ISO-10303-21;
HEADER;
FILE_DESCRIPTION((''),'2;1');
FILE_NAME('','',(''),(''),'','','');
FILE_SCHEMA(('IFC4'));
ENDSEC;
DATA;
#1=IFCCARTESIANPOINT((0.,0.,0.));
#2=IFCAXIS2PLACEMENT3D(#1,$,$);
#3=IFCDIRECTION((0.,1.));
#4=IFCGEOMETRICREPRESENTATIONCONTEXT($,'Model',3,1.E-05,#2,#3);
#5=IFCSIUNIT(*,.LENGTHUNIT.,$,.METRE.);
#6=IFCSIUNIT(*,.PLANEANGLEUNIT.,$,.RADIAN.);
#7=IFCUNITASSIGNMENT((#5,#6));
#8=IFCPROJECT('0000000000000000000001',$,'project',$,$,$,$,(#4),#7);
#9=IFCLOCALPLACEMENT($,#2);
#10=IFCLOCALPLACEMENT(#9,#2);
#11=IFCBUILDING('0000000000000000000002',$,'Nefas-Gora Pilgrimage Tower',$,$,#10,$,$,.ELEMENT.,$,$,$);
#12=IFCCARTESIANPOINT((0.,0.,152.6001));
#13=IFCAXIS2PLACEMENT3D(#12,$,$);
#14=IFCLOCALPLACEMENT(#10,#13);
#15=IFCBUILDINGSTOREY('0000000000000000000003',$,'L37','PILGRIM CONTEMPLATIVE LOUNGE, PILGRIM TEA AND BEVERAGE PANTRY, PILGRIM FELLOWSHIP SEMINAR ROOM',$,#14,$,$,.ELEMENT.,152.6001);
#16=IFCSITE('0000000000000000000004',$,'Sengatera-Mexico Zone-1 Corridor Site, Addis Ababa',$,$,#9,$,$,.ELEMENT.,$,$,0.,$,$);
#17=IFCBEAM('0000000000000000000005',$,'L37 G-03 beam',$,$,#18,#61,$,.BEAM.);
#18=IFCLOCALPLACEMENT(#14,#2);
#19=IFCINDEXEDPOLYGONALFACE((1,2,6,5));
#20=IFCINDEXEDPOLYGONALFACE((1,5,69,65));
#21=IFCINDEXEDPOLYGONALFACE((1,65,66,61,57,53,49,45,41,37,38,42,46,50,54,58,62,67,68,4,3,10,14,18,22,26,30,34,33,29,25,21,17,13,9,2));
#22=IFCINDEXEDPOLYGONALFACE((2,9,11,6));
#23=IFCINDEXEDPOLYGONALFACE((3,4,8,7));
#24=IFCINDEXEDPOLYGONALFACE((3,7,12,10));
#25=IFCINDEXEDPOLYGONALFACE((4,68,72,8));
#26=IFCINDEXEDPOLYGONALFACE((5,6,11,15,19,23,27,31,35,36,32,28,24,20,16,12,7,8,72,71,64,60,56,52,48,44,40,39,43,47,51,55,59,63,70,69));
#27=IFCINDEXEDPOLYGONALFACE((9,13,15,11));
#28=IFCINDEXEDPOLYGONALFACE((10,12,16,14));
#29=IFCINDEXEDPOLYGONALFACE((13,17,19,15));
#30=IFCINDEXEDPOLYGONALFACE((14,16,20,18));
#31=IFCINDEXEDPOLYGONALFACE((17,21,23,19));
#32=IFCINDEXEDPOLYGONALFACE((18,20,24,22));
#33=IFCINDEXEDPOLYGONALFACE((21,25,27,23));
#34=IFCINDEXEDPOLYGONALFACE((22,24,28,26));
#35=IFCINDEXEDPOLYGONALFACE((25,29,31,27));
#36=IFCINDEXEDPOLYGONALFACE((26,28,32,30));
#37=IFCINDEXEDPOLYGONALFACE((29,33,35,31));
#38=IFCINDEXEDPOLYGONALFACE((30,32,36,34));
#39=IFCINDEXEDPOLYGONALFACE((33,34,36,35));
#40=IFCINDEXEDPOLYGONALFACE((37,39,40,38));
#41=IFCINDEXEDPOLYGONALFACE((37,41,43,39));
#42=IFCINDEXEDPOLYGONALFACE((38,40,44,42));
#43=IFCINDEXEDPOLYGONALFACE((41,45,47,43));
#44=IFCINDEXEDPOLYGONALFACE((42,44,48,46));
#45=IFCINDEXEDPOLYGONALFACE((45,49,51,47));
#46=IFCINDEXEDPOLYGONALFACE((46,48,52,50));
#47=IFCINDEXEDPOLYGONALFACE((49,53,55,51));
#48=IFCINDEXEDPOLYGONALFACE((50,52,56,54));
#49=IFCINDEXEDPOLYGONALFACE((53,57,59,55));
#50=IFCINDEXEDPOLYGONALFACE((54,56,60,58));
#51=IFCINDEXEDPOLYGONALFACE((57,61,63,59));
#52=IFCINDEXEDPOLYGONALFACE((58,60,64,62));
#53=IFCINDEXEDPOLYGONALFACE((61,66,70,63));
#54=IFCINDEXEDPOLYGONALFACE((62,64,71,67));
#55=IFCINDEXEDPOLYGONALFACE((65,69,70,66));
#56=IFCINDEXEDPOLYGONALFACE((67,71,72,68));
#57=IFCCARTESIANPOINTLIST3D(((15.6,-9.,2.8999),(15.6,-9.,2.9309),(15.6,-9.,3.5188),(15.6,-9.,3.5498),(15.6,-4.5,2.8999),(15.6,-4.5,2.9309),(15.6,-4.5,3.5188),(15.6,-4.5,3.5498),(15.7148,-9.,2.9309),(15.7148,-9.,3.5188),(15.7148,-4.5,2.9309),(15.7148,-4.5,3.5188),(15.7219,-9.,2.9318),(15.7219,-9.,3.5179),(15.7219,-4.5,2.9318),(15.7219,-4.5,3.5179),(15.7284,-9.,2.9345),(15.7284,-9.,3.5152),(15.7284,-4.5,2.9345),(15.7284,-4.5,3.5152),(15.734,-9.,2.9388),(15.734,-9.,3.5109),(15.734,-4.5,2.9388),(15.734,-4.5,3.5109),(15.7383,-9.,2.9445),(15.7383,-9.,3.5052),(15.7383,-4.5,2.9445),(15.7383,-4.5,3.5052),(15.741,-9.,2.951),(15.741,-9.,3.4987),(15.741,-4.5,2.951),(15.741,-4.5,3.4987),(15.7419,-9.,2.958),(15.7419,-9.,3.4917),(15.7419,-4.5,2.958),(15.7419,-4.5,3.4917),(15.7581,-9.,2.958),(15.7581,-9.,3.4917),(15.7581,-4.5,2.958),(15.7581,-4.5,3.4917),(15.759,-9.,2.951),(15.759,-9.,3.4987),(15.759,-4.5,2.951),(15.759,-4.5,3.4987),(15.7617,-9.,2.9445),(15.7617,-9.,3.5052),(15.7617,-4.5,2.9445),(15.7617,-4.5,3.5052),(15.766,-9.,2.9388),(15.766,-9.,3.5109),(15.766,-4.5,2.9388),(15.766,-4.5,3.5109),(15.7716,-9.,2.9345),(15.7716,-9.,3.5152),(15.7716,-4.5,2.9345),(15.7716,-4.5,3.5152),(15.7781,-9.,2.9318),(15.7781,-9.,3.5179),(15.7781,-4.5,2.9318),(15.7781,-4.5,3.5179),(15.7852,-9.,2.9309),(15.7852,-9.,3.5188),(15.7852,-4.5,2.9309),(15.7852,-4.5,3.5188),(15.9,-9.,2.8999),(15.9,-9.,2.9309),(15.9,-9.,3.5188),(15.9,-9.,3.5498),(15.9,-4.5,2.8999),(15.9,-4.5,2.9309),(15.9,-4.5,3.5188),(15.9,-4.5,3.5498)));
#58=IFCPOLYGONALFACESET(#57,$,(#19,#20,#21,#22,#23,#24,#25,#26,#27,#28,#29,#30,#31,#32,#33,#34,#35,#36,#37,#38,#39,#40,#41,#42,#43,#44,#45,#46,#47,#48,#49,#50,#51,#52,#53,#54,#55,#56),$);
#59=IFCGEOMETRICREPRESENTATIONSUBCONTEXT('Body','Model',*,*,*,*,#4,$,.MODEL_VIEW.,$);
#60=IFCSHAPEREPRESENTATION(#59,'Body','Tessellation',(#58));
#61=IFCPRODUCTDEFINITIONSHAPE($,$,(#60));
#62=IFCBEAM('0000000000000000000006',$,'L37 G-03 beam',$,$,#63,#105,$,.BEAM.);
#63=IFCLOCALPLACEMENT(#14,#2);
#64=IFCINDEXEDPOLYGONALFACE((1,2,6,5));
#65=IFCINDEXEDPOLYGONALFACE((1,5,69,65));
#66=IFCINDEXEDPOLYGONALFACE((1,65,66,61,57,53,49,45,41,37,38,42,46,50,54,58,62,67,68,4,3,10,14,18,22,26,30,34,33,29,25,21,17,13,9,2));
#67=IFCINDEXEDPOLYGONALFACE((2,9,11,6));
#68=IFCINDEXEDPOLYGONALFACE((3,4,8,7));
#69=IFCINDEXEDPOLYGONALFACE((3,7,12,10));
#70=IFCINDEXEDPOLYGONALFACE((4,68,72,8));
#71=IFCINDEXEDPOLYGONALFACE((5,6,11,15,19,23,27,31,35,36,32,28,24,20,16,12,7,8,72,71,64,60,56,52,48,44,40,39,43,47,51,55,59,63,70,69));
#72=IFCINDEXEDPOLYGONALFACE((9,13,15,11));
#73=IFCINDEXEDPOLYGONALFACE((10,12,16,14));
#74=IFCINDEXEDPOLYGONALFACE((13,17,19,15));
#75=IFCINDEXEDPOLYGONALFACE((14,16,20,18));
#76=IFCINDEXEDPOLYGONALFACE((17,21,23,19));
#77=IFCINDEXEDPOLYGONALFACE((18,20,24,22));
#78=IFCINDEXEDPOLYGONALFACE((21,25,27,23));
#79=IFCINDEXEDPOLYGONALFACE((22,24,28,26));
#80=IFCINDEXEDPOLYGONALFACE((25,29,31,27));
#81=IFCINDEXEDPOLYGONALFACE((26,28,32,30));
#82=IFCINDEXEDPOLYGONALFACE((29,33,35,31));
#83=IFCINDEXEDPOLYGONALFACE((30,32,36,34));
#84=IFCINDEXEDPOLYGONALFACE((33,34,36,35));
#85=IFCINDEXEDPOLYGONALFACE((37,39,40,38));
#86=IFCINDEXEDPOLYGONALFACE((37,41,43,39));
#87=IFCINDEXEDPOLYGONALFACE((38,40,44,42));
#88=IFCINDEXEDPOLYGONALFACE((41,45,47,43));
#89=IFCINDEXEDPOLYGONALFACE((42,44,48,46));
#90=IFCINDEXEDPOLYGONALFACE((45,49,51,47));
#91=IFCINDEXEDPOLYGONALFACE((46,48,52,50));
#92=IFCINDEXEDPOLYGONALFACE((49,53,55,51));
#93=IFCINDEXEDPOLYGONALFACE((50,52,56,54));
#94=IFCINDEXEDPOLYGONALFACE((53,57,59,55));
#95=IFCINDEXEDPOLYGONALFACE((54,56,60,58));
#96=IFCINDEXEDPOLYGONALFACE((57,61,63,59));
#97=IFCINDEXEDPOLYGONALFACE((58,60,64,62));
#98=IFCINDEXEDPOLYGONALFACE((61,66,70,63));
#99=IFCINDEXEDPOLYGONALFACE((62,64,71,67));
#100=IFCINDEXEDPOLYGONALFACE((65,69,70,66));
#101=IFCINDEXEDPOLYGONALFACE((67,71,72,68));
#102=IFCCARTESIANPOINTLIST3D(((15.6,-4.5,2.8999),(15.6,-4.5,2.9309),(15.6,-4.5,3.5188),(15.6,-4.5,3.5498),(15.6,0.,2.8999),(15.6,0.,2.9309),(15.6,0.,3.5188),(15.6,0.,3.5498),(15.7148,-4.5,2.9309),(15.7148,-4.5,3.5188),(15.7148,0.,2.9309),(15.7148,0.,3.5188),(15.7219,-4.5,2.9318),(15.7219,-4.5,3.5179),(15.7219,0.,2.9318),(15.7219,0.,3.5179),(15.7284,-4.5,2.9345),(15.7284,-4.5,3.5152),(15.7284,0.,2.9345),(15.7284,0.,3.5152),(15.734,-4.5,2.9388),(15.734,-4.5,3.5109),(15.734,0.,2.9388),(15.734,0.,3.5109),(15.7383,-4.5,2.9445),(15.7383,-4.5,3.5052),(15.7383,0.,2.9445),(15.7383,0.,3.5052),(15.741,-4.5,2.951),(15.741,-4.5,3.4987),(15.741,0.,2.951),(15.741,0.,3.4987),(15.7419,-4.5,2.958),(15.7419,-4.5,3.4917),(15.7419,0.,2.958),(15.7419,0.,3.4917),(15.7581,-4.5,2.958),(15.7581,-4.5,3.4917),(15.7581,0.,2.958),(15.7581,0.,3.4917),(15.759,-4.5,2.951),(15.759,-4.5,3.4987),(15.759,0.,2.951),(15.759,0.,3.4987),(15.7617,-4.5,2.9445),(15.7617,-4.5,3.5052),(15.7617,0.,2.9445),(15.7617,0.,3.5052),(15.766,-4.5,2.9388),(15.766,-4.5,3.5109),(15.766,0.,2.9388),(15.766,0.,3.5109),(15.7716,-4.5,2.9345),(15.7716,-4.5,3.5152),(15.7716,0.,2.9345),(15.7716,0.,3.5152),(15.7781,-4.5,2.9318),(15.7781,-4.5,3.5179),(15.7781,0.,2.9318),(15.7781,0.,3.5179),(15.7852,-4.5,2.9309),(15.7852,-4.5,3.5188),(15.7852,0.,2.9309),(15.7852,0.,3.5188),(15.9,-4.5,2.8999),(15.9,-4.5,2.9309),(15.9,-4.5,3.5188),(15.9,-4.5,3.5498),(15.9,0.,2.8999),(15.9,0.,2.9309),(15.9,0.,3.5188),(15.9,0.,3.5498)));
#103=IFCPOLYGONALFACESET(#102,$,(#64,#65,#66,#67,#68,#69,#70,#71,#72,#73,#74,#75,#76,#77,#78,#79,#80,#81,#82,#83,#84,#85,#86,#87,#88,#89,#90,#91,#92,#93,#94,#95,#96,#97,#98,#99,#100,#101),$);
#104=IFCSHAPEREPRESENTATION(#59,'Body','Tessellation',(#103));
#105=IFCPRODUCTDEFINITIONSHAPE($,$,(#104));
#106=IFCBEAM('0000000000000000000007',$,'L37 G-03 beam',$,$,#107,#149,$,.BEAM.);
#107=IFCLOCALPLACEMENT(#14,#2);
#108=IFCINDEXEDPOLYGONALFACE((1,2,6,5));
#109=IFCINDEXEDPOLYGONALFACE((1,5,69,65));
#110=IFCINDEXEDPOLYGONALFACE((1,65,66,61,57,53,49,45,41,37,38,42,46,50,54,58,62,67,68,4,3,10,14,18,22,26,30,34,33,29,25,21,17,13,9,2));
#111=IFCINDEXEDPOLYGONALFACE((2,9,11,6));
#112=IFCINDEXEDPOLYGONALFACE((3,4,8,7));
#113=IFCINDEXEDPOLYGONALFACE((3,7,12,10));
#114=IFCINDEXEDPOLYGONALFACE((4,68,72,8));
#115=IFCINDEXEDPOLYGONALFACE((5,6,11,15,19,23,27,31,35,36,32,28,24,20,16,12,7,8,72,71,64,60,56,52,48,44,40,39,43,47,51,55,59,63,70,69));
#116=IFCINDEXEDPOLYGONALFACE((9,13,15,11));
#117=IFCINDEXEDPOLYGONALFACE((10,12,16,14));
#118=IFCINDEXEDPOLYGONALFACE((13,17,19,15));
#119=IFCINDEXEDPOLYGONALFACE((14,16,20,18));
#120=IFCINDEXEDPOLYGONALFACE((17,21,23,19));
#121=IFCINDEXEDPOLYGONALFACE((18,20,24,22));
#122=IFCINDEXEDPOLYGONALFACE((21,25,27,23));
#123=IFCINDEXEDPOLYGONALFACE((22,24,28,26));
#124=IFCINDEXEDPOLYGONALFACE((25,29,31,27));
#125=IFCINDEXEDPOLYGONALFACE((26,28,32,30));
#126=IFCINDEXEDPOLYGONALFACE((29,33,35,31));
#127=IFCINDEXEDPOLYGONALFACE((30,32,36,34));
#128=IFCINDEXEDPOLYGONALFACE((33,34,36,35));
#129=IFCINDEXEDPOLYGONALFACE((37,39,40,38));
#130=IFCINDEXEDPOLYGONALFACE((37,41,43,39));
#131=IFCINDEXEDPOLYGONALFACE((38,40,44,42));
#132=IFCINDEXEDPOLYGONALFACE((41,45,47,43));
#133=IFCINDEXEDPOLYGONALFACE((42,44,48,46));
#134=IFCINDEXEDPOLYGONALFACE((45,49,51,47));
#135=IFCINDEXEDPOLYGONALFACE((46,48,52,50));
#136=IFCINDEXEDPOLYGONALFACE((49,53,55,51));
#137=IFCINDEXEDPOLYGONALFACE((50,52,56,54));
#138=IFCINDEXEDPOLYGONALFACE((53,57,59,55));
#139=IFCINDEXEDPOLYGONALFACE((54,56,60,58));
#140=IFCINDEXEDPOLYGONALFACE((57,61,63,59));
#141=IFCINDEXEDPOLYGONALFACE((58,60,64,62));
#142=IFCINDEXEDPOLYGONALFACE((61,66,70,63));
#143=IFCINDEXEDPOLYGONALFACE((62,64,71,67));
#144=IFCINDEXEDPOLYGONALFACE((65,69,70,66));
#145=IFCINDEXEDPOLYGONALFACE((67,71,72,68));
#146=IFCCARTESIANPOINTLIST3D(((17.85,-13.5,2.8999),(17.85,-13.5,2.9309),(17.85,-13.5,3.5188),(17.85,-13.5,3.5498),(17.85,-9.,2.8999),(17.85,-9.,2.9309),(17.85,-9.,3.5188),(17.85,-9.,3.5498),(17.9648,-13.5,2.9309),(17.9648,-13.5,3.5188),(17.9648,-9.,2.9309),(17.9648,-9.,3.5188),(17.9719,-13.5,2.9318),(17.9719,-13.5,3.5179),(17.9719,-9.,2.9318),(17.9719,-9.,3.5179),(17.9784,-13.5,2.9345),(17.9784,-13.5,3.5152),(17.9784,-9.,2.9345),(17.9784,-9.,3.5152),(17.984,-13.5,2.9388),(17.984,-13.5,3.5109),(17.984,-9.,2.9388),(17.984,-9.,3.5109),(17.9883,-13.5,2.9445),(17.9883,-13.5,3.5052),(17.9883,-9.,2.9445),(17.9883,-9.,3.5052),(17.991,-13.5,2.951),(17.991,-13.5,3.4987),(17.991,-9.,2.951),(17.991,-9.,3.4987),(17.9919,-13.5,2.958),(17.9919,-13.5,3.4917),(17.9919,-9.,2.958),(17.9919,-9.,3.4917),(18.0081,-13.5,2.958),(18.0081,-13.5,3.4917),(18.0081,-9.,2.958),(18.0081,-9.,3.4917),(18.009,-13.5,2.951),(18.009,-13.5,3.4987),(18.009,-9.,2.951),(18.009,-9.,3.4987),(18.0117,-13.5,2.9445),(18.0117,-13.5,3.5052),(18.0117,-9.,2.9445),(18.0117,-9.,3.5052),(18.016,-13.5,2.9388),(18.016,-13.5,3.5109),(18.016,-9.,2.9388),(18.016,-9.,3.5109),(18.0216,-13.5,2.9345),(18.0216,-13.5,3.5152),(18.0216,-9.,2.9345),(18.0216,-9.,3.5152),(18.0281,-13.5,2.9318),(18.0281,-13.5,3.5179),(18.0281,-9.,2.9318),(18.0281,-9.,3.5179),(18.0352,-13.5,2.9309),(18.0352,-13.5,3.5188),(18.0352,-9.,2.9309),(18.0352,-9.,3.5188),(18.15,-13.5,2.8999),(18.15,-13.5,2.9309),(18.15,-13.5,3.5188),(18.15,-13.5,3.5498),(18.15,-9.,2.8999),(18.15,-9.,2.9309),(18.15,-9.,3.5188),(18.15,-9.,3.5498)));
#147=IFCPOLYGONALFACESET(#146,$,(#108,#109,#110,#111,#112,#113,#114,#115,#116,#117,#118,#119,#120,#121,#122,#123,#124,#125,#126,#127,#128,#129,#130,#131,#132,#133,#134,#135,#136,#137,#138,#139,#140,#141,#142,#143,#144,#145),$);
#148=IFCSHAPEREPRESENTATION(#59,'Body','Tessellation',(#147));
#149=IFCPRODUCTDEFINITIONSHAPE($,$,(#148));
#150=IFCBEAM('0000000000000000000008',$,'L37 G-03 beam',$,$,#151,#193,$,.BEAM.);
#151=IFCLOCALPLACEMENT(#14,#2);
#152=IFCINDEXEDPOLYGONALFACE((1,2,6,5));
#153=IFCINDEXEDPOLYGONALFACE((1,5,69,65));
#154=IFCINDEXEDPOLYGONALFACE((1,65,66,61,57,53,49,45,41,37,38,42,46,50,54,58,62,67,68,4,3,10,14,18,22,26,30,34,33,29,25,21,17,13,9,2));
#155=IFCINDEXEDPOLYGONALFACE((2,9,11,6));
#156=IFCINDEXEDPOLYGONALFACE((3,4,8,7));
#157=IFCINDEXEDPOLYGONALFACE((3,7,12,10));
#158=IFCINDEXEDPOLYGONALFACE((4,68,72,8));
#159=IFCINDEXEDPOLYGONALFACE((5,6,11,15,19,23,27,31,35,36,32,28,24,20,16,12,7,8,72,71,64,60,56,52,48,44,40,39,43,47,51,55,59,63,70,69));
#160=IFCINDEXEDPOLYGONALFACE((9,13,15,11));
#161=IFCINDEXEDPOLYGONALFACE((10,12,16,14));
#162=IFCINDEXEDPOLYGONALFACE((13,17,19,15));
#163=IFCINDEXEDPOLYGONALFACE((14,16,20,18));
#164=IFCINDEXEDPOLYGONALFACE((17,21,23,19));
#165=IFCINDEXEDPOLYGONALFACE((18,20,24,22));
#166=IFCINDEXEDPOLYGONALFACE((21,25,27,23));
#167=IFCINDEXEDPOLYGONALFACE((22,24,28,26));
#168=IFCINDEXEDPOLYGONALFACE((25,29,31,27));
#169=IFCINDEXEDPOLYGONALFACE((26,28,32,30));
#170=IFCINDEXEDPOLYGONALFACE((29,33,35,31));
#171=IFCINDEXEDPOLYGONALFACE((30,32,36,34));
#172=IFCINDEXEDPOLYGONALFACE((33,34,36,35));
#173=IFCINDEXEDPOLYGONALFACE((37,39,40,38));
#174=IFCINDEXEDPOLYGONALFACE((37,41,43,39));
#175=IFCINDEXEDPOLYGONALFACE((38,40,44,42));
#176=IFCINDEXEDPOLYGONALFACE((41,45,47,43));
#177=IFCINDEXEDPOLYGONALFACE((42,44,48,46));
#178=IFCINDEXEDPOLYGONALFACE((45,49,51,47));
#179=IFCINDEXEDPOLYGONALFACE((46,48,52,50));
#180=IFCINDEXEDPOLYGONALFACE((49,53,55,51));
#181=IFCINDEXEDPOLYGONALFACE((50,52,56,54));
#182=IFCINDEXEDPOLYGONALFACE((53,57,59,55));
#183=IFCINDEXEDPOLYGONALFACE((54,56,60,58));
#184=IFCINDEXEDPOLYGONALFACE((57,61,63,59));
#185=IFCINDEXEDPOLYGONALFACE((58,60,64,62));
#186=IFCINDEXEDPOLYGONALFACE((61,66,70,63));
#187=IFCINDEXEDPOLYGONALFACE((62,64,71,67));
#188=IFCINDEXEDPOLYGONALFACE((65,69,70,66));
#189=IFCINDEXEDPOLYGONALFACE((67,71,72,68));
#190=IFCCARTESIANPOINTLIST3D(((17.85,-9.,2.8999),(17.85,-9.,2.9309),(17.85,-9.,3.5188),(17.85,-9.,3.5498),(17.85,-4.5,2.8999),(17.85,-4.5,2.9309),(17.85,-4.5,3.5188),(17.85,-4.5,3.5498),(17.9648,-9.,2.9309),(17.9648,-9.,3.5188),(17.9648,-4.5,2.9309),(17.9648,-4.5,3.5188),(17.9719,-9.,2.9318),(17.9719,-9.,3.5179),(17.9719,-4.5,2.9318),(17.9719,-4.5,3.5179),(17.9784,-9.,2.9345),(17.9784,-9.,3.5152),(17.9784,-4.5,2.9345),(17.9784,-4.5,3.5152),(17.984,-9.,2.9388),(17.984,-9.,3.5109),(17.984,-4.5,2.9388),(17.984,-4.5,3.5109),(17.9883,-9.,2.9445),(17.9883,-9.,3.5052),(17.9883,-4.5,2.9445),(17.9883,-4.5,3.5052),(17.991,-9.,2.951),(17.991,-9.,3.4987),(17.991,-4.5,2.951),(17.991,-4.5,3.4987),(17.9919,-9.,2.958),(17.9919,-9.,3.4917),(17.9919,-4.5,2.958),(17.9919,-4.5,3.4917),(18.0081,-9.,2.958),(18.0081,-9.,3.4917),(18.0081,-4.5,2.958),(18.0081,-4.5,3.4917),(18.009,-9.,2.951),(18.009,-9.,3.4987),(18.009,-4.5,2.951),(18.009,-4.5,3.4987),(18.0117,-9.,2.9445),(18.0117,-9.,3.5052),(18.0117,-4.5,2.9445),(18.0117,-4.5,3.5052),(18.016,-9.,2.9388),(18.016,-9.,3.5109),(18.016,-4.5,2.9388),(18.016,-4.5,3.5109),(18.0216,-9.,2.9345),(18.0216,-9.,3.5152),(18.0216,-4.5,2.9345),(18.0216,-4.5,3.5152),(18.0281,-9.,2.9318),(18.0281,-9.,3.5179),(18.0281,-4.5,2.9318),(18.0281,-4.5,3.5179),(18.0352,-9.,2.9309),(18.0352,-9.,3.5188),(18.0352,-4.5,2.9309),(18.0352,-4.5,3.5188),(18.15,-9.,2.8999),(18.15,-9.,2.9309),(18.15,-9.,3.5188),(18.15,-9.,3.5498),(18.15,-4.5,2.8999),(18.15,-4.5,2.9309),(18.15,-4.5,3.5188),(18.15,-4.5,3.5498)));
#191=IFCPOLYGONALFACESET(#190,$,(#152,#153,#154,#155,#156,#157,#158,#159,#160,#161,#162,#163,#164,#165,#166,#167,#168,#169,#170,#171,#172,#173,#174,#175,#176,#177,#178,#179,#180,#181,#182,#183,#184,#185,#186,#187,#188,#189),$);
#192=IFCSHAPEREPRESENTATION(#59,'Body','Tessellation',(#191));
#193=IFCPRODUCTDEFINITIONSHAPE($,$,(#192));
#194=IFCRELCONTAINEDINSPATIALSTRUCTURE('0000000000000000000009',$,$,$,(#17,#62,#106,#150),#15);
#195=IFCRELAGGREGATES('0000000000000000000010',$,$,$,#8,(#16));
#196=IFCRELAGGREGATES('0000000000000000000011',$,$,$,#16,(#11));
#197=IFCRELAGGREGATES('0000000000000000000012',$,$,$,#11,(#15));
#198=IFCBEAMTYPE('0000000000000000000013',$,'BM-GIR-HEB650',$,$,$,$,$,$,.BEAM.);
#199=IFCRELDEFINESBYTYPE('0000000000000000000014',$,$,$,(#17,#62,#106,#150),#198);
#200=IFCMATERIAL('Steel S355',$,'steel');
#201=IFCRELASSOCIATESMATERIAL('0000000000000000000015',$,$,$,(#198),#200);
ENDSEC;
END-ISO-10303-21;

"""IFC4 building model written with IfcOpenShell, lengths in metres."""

from ifc_helpers import new_model, si_unit, direction, frame, origin, origin_2d, place, context, subcontext, project, spatial, i_section, extrude, source, transform, mapped, material, material_profile, profile_set, type_object, element, save


model = new_model("IFC4")

# Units and contexts
model_context = context("Model", 3, precision=1e-05, world=origin(), true_north=direction((0.0, 1.0)))
body_context = subcontext(model_context, "Body", "Model", "MODEL_VIEW")
ifc_project = project(units=[si_unit("LENGTHUNIT", "METRE"), si_unit("PLANEANGLEUNIT", "RADIAN")], contexts=[model_context])

# Site, building, storey
site_placement = place(None, origin())
site = spatial("IfcSite", under=ifc_project, at=site_placement, Name="Sengatera-Mexico Zone-1 Corridor Site, Addis Ababa", CompositionType="ELEMENT", RefElevation=0.0)
building_placement = place(site_placement, origin())
building = spatial("IfcBuilding", under=site, at=building_placement, Name="Nefas-Gora Pilgrimage Tower", CompositionType="ELEMENT")
storey_placement = place(building_placement, frame((0.0, 0.0, 152.6001)))
storey = spatial("IfcBuildingStorey", under=building, at=storey_placement, Name="L37", Description="PILGRIM CONTEMPLATIVE LOUNGE, PILGRIM TEA AND BEVERAGE PANTRY, PILGRIM FELLOWSHIP SEMINAR ROOM", CompositionType="ELEMENT", Elevation=152.6001)

# Beams
ifc_material_1 = material(Name="Steel S355", Category="steel")
ifc_material_profile_1 = material_profile(ifc_material_1, i_section(OverallWidth=0.3, OverallDepth=0.6499, WebThickness=0.0161, FlangeThickness=0.031, FilletRadius=0.0271, at=origin_2d()), Name="HEB 650")
ifc_profile_set_1 = profile_set([ifc_material_profile_1], Name="Steel S355")
beam_type_1 = type_object("IfcBeamType", Name="BM-GIR-HEB650", PredefinedType="BEAM", material=ifc_profile_set_1)
shared_shape_1 = source(origin(), body_context, "Body", "SweptSolid", [
    extrude(i_section(OverallWidth=0.3, OverallDepth=0.6499, WebThickness=0.0161, FlangeThickness=0.031, FilletRadius=0.0271, at=origin_2d()), origin(), (0.0, 0.0, 1.0), 4.5),
])
for number, where, z_axis, x_axis, name in (
    (1, (15.75, -9.0, 3.2249), (0.0, 1.0, 0.0), (-1.0, 0.0, 0.0), "L37 G-03 beam"),
    (2, (15.75, -4.5, 3.2249), (0.0, 1.0, 0.0), (-1.0, 0.0, 0.0), "L37 G-03 beam"),
    (3, (18.0, -13.5, 3.2249), (0.0, 1.0, 0.0), (-1.0, 0.0, 0.0), "L37 G-03 beam"),
    (4, (18.0, -9.0, 3.2249), (0.0, 1.0, 0.0), (-1.0, 0.0, 0.0), "L37 G-03 beam"),
):
    element("IfcBeam", number, at=place(storey_placement, frame(where, z_axis=z_axis, x_axis=x_axis)), inside=storey, type_object=beam_type_1, Name=name, PredefinedType="BEAM", context=body_context, shape_type="MappedRepresentation", body=[
        mapped(shared_shape_1, transform((0.0, 0.0, 0.0), x_axis=(1.0, 0.0, 0.0), y_axis=(0.0, 1.0, 0.0), z_axis=(0.0, 0.0, 1.0), scale=1.0)),
    ])

save(model, "model.ifc")
